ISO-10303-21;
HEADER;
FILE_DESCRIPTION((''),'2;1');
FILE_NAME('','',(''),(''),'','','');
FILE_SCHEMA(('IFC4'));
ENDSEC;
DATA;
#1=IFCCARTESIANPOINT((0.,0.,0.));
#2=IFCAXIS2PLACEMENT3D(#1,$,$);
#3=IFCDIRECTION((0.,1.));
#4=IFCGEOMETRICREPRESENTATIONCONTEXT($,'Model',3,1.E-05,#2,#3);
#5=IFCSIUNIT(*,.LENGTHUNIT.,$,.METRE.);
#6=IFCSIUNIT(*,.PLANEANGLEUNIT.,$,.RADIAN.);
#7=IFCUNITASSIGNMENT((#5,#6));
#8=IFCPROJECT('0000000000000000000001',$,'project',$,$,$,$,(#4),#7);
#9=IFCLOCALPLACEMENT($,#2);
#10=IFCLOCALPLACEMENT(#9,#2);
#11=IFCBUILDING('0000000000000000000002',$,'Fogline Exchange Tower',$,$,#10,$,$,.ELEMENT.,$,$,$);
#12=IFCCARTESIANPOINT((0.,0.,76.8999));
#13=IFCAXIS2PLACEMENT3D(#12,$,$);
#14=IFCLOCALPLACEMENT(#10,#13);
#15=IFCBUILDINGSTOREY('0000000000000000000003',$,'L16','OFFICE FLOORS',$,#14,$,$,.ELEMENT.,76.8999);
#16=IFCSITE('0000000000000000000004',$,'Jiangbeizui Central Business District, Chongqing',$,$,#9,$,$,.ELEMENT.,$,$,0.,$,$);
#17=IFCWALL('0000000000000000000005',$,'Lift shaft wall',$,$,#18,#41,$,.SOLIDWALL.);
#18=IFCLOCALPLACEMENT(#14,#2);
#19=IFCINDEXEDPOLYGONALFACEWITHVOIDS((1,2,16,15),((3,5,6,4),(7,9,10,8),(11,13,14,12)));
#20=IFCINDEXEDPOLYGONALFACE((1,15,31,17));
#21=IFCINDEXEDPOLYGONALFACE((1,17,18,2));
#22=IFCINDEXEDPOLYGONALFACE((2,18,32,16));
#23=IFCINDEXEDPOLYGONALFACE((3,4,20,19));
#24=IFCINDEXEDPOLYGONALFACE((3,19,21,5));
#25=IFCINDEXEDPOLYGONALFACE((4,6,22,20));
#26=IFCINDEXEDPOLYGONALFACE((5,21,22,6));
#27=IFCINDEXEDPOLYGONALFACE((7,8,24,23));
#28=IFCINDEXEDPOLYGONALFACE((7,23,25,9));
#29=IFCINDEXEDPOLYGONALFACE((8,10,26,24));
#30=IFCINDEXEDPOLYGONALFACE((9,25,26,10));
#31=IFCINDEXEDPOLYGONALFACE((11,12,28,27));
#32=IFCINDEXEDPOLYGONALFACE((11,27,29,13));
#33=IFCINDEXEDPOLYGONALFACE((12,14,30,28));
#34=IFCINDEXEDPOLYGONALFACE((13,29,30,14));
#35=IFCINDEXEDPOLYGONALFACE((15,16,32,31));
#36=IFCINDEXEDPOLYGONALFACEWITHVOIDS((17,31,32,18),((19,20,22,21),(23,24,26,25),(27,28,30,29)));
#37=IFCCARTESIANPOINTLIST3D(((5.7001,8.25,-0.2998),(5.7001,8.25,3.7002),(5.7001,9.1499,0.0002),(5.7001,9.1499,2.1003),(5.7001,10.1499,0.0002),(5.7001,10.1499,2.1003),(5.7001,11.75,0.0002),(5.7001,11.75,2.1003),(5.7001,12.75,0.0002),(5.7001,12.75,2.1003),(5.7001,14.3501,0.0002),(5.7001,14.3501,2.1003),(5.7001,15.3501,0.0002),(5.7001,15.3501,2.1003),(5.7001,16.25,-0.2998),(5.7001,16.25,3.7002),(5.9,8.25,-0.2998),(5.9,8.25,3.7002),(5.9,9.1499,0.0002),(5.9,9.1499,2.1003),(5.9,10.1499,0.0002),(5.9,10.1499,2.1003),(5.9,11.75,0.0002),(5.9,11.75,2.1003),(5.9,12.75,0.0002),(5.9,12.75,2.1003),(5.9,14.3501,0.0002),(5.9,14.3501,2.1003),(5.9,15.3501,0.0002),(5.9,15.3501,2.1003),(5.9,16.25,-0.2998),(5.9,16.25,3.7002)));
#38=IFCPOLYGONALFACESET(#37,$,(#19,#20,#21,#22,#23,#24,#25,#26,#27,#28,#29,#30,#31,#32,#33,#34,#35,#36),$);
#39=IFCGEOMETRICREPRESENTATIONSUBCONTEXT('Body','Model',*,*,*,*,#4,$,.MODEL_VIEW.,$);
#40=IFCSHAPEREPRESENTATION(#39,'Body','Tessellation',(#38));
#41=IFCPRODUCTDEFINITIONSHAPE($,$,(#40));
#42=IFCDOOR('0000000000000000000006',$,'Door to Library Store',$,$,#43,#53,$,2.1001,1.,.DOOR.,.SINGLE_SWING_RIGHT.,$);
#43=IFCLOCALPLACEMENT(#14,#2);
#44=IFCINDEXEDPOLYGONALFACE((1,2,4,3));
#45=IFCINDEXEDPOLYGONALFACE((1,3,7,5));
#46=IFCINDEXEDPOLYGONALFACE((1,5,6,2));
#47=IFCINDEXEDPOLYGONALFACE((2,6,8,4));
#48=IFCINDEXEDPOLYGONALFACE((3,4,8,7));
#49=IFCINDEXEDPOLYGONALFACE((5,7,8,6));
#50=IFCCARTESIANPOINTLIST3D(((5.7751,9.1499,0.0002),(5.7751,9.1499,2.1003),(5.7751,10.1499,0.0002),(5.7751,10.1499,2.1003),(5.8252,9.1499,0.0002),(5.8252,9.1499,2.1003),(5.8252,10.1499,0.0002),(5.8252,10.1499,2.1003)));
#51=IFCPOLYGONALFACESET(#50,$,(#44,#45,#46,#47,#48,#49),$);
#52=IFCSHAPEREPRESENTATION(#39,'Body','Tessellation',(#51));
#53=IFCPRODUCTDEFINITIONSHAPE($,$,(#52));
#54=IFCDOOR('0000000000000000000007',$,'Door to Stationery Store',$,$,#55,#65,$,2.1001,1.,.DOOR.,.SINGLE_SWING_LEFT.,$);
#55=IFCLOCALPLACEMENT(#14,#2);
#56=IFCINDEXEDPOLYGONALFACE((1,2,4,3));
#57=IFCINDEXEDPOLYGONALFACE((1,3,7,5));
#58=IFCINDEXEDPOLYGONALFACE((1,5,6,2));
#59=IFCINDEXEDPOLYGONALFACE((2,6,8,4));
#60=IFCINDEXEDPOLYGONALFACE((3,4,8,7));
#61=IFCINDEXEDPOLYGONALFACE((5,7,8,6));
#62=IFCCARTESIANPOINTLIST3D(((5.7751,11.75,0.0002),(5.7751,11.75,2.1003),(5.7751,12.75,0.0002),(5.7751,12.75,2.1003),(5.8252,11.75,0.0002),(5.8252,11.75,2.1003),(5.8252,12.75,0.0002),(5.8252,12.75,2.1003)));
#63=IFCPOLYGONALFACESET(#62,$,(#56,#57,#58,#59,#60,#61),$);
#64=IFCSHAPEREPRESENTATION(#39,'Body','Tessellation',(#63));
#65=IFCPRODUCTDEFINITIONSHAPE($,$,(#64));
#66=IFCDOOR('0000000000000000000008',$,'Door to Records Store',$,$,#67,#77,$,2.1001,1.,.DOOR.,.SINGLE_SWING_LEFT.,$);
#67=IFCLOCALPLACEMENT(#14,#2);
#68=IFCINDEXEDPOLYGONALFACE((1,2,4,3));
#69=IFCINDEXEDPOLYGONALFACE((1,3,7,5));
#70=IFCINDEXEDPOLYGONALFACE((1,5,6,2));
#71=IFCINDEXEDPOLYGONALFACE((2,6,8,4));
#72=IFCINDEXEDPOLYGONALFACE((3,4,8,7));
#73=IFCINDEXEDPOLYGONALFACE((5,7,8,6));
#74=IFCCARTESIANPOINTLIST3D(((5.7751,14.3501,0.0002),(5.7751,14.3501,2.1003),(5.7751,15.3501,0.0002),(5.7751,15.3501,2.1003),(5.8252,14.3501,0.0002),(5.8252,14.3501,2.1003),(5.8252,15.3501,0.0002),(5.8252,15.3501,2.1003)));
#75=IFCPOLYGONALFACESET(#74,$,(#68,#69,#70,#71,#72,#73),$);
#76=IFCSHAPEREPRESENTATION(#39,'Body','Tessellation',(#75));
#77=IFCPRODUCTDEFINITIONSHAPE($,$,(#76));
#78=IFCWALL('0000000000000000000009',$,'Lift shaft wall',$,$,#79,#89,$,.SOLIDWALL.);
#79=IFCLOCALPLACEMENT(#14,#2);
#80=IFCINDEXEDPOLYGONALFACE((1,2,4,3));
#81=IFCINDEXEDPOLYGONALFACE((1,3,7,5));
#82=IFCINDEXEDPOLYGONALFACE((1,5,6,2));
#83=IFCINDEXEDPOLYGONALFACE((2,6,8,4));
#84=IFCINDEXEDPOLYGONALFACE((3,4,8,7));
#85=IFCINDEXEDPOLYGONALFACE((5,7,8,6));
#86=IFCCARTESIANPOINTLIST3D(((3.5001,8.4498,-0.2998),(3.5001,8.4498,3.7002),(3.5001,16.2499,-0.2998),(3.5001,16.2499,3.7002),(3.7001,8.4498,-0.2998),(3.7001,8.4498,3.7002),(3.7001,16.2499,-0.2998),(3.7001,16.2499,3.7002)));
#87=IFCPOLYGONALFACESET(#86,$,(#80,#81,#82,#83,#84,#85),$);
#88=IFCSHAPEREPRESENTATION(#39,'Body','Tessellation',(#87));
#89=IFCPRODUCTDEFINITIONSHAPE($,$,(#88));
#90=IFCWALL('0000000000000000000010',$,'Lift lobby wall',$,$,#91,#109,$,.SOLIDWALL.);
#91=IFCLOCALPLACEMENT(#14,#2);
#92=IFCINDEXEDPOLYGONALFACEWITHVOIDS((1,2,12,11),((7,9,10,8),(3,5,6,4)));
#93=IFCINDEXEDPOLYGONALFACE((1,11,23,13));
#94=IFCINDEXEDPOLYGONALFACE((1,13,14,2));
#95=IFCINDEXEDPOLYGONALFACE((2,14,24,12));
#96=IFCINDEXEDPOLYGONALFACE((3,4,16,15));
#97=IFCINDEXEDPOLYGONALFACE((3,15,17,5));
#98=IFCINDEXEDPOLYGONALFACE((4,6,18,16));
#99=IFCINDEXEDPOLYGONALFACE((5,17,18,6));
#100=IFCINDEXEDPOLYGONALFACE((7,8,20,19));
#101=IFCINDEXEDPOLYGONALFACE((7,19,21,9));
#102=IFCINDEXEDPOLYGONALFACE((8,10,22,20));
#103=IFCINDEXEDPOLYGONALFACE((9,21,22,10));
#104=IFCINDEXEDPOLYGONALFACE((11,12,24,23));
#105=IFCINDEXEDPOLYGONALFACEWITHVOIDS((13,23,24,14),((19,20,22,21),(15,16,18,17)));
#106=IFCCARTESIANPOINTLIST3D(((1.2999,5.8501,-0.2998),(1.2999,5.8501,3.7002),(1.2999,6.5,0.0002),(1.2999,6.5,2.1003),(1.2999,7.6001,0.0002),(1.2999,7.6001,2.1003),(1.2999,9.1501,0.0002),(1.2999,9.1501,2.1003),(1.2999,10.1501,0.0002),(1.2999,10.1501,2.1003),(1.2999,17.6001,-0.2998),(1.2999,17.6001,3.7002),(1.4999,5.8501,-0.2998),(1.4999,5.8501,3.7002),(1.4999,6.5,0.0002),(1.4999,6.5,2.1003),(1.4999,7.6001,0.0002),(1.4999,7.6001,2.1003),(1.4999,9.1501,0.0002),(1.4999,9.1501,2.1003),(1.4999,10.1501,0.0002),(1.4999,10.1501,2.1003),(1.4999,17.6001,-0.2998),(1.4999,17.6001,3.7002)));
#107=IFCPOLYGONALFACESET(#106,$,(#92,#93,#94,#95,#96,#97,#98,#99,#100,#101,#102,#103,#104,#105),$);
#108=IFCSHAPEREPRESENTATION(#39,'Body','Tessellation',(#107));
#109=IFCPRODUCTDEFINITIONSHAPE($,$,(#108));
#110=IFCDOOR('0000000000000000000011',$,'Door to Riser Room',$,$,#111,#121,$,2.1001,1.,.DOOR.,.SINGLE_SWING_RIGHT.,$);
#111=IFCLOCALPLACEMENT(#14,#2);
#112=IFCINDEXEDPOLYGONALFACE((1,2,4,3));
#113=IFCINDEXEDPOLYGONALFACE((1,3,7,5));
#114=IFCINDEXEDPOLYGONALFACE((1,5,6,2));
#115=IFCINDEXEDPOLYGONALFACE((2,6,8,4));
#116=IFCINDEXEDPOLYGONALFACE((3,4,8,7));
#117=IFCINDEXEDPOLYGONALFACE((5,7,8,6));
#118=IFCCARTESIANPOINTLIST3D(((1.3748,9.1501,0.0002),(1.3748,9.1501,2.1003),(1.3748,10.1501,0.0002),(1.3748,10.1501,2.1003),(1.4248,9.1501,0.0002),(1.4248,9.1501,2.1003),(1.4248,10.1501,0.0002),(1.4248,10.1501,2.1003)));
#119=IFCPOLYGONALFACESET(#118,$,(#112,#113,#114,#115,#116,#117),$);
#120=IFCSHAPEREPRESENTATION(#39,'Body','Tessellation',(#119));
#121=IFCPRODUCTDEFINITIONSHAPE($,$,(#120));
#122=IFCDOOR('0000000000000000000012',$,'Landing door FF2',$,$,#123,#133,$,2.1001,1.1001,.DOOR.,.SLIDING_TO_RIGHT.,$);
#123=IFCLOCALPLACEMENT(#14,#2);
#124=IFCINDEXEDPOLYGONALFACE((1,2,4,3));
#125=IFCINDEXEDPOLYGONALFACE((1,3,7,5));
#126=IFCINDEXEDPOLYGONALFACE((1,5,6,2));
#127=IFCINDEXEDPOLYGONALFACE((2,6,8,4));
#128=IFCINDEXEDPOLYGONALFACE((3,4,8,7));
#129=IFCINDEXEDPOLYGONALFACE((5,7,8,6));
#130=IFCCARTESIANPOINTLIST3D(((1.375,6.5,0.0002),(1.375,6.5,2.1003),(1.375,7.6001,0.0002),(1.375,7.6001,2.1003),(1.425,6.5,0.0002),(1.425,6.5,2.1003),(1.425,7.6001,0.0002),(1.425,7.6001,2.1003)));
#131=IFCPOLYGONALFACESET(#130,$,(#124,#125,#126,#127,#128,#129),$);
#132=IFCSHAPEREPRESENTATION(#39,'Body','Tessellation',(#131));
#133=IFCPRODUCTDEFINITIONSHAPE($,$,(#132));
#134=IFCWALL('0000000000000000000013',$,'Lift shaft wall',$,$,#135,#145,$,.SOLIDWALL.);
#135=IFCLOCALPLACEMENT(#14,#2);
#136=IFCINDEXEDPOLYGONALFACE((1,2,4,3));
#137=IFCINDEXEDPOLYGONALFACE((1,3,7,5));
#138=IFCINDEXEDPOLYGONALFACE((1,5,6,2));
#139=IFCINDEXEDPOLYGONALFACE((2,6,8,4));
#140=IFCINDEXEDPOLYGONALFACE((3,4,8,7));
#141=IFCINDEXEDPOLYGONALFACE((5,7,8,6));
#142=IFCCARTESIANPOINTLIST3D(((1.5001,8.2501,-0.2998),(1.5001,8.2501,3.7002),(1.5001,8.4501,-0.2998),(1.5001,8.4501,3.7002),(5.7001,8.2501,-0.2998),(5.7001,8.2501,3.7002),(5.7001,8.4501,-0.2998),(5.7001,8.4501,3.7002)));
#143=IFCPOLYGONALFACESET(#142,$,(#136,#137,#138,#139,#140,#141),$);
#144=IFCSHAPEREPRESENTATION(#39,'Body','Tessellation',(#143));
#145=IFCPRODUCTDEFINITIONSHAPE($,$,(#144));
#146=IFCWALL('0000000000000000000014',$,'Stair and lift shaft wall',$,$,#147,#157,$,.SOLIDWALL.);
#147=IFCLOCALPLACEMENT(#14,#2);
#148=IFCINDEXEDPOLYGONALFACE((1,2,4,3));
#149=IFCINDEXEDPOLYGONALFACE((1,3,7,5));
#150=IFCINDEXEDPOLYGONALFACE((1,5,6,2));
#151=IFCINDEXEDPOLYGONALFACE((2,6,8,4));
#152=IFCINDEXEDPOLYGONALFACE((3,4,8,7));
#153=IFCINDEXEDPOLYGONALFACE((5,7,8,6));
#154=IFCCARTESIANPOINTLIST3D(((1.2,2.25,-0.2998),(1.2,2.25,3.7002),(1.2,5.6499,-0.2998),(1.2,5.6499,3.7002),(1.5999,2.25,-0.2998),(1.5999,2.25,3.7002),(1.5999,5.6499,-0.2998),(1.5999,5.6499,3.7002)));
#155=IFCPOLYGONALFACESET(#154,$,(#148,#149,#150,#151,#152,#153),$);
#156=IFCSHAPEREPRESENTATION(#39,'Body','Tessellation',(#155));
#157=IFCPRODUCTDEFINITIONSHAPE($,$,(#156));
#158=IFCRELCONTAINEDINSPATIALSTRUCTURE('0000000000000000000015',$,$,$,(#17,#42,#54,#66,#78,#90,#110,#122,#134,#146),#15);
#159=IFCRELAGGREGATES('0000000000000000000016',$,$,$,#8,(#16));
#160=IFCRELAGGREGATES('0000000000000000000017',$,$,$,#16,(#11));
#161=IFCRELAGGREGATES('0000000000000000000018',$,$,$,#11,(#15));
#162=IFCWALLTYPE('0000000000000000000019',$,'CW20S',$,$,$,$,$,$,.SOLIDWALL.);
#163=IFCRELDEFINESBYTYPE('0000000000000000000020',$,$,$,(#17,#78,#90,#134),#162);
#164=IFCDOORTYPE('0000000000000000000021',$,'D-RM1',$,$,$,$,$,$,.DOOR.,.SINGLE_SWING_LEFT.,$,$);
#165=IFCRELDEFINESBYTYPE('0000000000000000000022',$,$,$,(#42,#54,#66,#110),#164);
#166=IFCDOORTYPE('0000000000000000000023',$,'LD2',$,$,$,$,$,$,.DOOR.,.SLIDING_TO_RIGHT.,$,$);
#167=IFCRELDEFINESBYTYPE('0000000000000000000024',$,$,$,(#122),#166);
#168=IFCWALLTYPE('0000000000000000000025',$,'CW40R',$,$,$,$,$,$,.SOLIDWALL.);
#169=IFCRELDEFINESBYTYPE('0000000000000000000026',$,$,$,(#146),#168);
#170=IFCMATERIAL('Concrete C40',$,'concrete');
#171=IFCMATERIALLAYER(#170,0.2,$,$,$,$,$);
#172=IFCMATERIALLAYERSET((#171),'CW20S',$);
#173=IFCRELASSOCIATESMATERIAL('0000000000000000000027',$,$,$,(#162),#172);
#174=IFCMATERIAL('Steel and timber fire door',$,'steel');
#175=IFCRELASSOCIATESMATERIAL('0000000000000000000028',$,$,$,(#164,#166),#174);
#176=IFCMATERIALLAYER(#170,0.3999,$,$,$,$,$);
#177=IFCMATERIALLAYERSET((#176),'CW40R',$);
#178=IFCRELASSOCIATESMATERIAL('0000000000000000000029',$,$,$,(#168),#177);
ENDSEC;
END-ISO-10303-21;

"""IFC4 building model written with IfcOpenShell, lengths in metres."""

from ifc_helpers import new_model, si_unit, direction, frame, frame_2d, origin, place, context, subcontext, project, spatial, rectangle, extrude, material, layer, layer_set, type_object, element, fill, save


model = new_model("IFC4")

# Units and contexts
model_context = context("Model", 3, precision=1e-05, world=origin(), true_north=direction((0.0, 1.0)))
body_context = subcontext(model_context, "Body", "Model", "MODEL_VIEW")
ifc_project = project(units=[si_unit("LENGTHUNIT", "METRE"), si_unit("PLANEANGLEUNIT", "RADIAN")], contexts=[model_context])

# Site, building, storey
site_placement = place(None, origin())
site = spatial("IfcSite", under=ifc_project, at=site_placement, Name="Jiangbeizui Central Business District, Chongqing", CompositionType="ELEMENT", RefElevation=0.0)
building_placement = place(site_placement, origin())
building = spatial("IfcBuilding", under=site, at=building_placement, Name="Fogline Exchange Tower", CompositionType="ELEMENT")
storey_placement = place(building_placement, frame((0.0, 0.0, 76.8999)))
storey = spatial("IfcBuildingStorey", under=building, at=storey_placement, Name="L16", Description="OFFICE FLOORS", CompositionType="ELEMENT", Elevation=76.8999)

# Shared definitions
ifc_material_1 = material(Name="Concrete C40", Category="concrete")

# Shared definitions
ifc_material_2 = material(Name="Steel and timber fire door", Category="steel")

# Wall, openings, doors
ifc_layer_1 = layer(ifc_material_1, 0.2)
ifc_layer_set_1 = layer_set([ifc_layer_1], Name="CW20S")
wall_type_1 = type_object("IfcWallType", Name="CW20S", PredefinedType="SOLIDWALL", material=ifc_layer_set_1)
door_type_1 = type_object("IfcDoorType", Name="D-RM1", OperationType="SINGLE_SWING_LEFT", PredefinedType="DOOR", material=ifc_material_2)
wall_1_placement = place(storey_placement, frame((5.8, 8.25, -0.2998), z_axis=(0.0, 0.0, 1.0), x_axis=(0.0, 1.0, 0.0)))
wall_1 = element("IfcWall", 1, at=wall_1_placement, inside=storey, type_object=wall_type_1, Name="Lift shaft wall", PredefinedType="SOLIDWALL", context=body_context, shape_type="SweptSolid", body=[
    extrude(rectangle(XDim=8.0, YDim=0.2, at=frame_2d((4.0, 0.0))), origin(), (0.0, 0.0, 1.0), 4.0),
])
opening_1_placement = place(wall_1_placement, frame((0.8999, 0.0, 0.3)))
opening_1 = element("IfcOpeningElement", 2, at=opening_1_placement, cuts=wall_1, PredefinedType="OPENING", context=body_context, shape_type="SweptSolid", body=[
    extrude(rectangle(XDim=1.0, YDim=2.1001, at=frame_2d((0.5, 1.05))), frame((0.0, 0.1099, 0.0), z_axis=(0.0, -1.0, 0.0), x_axis=(1.0, 0.0, 0.0)), (0.0, 0.0, 1.0), 0.22),
])
opening_2_placement = place(wall_1_placement, frame((3.5, 0.0, 0.3)))
opening_2 = element("IfcOpeningElement", 3, at=opening_2_placement, cuts=wall_1, PredefinedType="OPENING", context=body_context, shape_type="SweptSolid", body=[
    extrude(rectangle(XDim=1.0, YDim=2.1001, at=frame_2d((0.5, 1.05))), frame((0.0, 0.1099, 0.0), z_axis=(0.0, -1.0, 0.0), x_axis=(1.0, 0.0, 0.0)), (0.0, 0.0, 1.0), 0.22),
])
opening_3_placement = place(wall_1_placement, frame((6.1001, 0.0, 0.3)))
opening_3 = element("IfcOpeningElement", 4, at=opening_3_placement, cuts=wall_1, PredefinedType="OPENING", context=body_context, shape_type="SweptSolid", body=[
    extrude(rectangle(XDim=1.0, YDim=2.1001, at=frame_2d((0.5, 1.05))), frame((0.0, 0.1099, 0.0), z_axis=(0.0, -1.0, 0.0), x_axis=(1.0, 0.0, 0.0)), (0.0, 0.0, 1.0), 0.22),
])
door_1_placement = place(opening_1_placement, origin())
door_1 = element("IfcDoor", 5, at=door_1_placement, inside=storey, type_object=door_type_1, Name="Door to Library Store", OperationType="SINGLE_SWING_RIGHT", OverallHeight=2.1001, OverallWidth=1.0, PredefinedType="DOOR", context=body_context, shape_type="SweptSolid", body=[
    extrude(rectangle(XDim=1.0, YDim=2.1001, at=frame_2d((0.5, 1.05))), frame((0.0, 0.0249, 0.0), z_axis=(0.0, -1.0, 0.0), x_axis=(1.0, 0.0, 0.0)), (0.0, 0.0, 1.0), 0.05),
])
fill(opening_1, door_1)
door_2_placement = place(opening_2_placement, origin())
door_2 = element("IfcDoor", 6, at=door_2_placement, inside=storey, type_object=door_type_1, Name="Door to Stationery Store", OperationType="SINGLE_SWING_LEFT", OverallHeight=2.1001, OverallWidth=1.0, PredefinedType="DOOR", context=body_context, shape_type="SweptSolid", body=[
    extrude(rectangle(XDim=1.0, YDim=2.1001, at=frame_2d((0.5, 1.05))), frame((0.0, 0.0249, 0.0), z_axis=(0.0, -1.0, 0.0), x_axis=(1.0, 0.0, 0.0)), (0.0, 0.0, 1.0), 0.05),
])
fill(opening_2, door_2)
door_3_placement = place(opening_3_placement, origin())
door_3 = element("IfcDoor", 7, at=door_3_placement, inside=storey, type_object=door_type_1, Name="Door to Records Store", OperationType="SINGLE_SWING_LEFT", OverallHeight=2.1001, OverallWidth=1.0, PredefinedType="DOOR", context=body_context, shape_type="SweptSolid", body=[
    extrude(rectangle(XDim=1.0, YDim=2.1001, at=frame_2d((0.5, 1.05))), frame((0.0, 0.0249, 0.0), z_axis=(0.0, -1.0, 0.0), x_axis=(1.0, 0.0, 0.0)), (0.0, 0.0, 1.0), 0.05),
])
fill(opening_3, door_3)

# Wall
wall_2_placement = place(storey_placement, frame((3.6001, 8.45, -0.2998), z_axis=(0.0, 0.0, 1.0), x_axis=(0.0, 1.0, 0.0)))
element("IfcWall", 8, at=wall_2_placement, inside=storey, type_object=wall_type_1, Name="Lift shaft wall", PredefinedType="SOLIDWALL", context=body_context, shape_type="SweptSolid", body=[
    extrude(rectangle(XDim=7.8, YDim=0.2, at=frame_2d((3.8999, 0.0))), origin(), (0.0, 0.0, 1.0), 4.0),
])

# Wall, openings, doors
wall_3_placement = place(storey_placement, frame((1.3999, 5.8501, -0.2998), z_axis=(0.0, 0.0, 1.0), x_axis=(0.0, 1.0, 0.0)))
wall_3 = element("IfcWall", 9, at=wall_3_placement, inside=storey, type_object=wall_type_1, Name="Lift lobby wall", PredefinedType="SOLIDWALL", context=body_context, shape_type="SweptSolid", body=[
    extrude(rectangle(XDim=11.75, YDim=0.2, at=frame_2d((5.875, 0.0))), origin(), (0.0, 0.0, 1.0), 4.0),
])
opening_4_placement = place(wall_3_placement, frame((0.6499, 0.0, 0.3)))
opening_4 = element("IfcOpeningElement", 10, at=opening_4_placement, cuts=wall_3, PredefinedType="OPENING", context=body_context, shape_type="SweptSolid", body=[
    extrude(rectangle(XDim=1.1001, YDim=2.1001, at=frame_2d((0.55, 1.05))), frame((0.0, 0.1099, 0.0), z_axis=(0.0, -1.0, 0.0), x_axis=(1.0, 0.0, 0.0)), (0.0, 0.0, 1.0), 0.22),
])
opening_5_placement = place(wall_3_placement, frame((3.3, 0.0, 0.3)))
opening_5 = element("IfcOpeningElement", 11, at=opening_5_placement, cuts=wall_3, PredefinedType="OPENING", context=body_context, shape_type="SweptSolid", body=[
    extrude(rectangle(XDim=1.0, YDim=2.1001, at=frame_2d((0.5, 1.05))), frame((0.0, 0.1099, 0.0), z_axis=(0.0, -1.0, 0.0), x_axis=(1.0, 0.0, 0.0)), (0.0, 0.0, 1.0), 0.22),
])
door_4_placement = place(opening_5_placement, frame((1.0, 0.0, 0.0), z_axis=(0.0, 0.0, 1.0), x_axis=(-1.0, 0.0, 0.0)))
door_4 = element("IfcDoor", 12, at=door_4_placement, inside=storey, type_object=door_type_1, Name="Door to Riser Room", OperationType="SINGLE_SWING_RIGHT", OverallHeight=2.1001, OverallWidth=1.0, PredefinedType="DOOR", context=body_context, shape_type="SweptSolid", body=[
    extrude(rectangle(XDim=1.0, YDim=2.1001, at=frame_2d((0.5, 1.05))), frame((0.0, 0.0249, 0.0), z_axis=(0.0, -1.0, 0.0), x_axis=(1.0, 0.0, 0.0)), (0.0, 0.0, 1.0), 0.05),
])
fill(opening_5, door_4)
door_type_2 = type_object("IfcDoorType", Name="LD2", OperationType="SLIDING_TO_RIGHT", PredefinedType="DOOR", material=ifc_material_2)
door_5_placement = place(opening_4_placement, origin())
door_5 = element("IfcDoor", 13, at=door_5_placement, inside=storey, type_object=door_type_2, Name="Landing door FF2", OperationType="SLIDING_TO_RIGHT", OverallHeight=2.1001, OverallWidth=1.1001, PredefinedType="DOOR", context=body_context, shape_type="SweptSolid", body=[
    extrude(rectangle(XDim=1.1001, YDim=2.1001, at=frame_2d((0.55, 1.05))), frame((0.0, 0.0249, 0.0), z_axis=(0.0, -1.0, 0.0), x_axis=(1.0, 0.0, 0.0)), (0.0, 0.0, 1.0), 0.05),
])
fill(opening_4, door_5)

# Walls
wall_4_placement = place(storey_placement, frame((1.5, 8.3501, -0.2998), z_axis=(0.0, 0.0, 1.0), x_axis=(1.0, 0.0, 0.0)))
element("IfcWall", 14, at=wall_4_placement, inside=storey, type_object=wall_type_1, Name="Lift shaft wall", PredefinedType="SOLIDWALL", context=body_context, shape_type="SweptSolid", body=[
    extrude(rectangle(XDim=4.2, YDim=0.2, at=frame_2d((2.1001, 0.0))), origin(), (0.0, 0.0, 1.0), 4.0),
])
ifc_layer_2 = layer(ifc_material_1, 0.3999)
ifc_layer_set_2 = layer_set([ifc_layer_2], Name="CW40R")
wall_type_2 = type_object("IfcWallType", Name="CW40R", PredefinedType="SOLIDWALL", material=ifc_layer_set_2)
wall_5_placement = place(storey_placement, frame((1.3999, 2.25, -0.2998), z_axis=(0.0, 0.0, 1.0), x_axis=(0.0, 1.0, 0.0)))
element("IfcWall", 15, at=wall_5_placement, inside=storey, type_object=wall_type_2, Name="Stair and lift shaft wall", PredefinedType="SOLIDWALL", context=body_context, shape_type="SweptSolid", body=[
    extrude(rectangle(XDim=3.3999, YDim=0.3999, at=frame_2d((1.7, 0.0))), origin(), (0.0, 0.0, 1.0), 4.0),
])

save(model, "model.ifc")
